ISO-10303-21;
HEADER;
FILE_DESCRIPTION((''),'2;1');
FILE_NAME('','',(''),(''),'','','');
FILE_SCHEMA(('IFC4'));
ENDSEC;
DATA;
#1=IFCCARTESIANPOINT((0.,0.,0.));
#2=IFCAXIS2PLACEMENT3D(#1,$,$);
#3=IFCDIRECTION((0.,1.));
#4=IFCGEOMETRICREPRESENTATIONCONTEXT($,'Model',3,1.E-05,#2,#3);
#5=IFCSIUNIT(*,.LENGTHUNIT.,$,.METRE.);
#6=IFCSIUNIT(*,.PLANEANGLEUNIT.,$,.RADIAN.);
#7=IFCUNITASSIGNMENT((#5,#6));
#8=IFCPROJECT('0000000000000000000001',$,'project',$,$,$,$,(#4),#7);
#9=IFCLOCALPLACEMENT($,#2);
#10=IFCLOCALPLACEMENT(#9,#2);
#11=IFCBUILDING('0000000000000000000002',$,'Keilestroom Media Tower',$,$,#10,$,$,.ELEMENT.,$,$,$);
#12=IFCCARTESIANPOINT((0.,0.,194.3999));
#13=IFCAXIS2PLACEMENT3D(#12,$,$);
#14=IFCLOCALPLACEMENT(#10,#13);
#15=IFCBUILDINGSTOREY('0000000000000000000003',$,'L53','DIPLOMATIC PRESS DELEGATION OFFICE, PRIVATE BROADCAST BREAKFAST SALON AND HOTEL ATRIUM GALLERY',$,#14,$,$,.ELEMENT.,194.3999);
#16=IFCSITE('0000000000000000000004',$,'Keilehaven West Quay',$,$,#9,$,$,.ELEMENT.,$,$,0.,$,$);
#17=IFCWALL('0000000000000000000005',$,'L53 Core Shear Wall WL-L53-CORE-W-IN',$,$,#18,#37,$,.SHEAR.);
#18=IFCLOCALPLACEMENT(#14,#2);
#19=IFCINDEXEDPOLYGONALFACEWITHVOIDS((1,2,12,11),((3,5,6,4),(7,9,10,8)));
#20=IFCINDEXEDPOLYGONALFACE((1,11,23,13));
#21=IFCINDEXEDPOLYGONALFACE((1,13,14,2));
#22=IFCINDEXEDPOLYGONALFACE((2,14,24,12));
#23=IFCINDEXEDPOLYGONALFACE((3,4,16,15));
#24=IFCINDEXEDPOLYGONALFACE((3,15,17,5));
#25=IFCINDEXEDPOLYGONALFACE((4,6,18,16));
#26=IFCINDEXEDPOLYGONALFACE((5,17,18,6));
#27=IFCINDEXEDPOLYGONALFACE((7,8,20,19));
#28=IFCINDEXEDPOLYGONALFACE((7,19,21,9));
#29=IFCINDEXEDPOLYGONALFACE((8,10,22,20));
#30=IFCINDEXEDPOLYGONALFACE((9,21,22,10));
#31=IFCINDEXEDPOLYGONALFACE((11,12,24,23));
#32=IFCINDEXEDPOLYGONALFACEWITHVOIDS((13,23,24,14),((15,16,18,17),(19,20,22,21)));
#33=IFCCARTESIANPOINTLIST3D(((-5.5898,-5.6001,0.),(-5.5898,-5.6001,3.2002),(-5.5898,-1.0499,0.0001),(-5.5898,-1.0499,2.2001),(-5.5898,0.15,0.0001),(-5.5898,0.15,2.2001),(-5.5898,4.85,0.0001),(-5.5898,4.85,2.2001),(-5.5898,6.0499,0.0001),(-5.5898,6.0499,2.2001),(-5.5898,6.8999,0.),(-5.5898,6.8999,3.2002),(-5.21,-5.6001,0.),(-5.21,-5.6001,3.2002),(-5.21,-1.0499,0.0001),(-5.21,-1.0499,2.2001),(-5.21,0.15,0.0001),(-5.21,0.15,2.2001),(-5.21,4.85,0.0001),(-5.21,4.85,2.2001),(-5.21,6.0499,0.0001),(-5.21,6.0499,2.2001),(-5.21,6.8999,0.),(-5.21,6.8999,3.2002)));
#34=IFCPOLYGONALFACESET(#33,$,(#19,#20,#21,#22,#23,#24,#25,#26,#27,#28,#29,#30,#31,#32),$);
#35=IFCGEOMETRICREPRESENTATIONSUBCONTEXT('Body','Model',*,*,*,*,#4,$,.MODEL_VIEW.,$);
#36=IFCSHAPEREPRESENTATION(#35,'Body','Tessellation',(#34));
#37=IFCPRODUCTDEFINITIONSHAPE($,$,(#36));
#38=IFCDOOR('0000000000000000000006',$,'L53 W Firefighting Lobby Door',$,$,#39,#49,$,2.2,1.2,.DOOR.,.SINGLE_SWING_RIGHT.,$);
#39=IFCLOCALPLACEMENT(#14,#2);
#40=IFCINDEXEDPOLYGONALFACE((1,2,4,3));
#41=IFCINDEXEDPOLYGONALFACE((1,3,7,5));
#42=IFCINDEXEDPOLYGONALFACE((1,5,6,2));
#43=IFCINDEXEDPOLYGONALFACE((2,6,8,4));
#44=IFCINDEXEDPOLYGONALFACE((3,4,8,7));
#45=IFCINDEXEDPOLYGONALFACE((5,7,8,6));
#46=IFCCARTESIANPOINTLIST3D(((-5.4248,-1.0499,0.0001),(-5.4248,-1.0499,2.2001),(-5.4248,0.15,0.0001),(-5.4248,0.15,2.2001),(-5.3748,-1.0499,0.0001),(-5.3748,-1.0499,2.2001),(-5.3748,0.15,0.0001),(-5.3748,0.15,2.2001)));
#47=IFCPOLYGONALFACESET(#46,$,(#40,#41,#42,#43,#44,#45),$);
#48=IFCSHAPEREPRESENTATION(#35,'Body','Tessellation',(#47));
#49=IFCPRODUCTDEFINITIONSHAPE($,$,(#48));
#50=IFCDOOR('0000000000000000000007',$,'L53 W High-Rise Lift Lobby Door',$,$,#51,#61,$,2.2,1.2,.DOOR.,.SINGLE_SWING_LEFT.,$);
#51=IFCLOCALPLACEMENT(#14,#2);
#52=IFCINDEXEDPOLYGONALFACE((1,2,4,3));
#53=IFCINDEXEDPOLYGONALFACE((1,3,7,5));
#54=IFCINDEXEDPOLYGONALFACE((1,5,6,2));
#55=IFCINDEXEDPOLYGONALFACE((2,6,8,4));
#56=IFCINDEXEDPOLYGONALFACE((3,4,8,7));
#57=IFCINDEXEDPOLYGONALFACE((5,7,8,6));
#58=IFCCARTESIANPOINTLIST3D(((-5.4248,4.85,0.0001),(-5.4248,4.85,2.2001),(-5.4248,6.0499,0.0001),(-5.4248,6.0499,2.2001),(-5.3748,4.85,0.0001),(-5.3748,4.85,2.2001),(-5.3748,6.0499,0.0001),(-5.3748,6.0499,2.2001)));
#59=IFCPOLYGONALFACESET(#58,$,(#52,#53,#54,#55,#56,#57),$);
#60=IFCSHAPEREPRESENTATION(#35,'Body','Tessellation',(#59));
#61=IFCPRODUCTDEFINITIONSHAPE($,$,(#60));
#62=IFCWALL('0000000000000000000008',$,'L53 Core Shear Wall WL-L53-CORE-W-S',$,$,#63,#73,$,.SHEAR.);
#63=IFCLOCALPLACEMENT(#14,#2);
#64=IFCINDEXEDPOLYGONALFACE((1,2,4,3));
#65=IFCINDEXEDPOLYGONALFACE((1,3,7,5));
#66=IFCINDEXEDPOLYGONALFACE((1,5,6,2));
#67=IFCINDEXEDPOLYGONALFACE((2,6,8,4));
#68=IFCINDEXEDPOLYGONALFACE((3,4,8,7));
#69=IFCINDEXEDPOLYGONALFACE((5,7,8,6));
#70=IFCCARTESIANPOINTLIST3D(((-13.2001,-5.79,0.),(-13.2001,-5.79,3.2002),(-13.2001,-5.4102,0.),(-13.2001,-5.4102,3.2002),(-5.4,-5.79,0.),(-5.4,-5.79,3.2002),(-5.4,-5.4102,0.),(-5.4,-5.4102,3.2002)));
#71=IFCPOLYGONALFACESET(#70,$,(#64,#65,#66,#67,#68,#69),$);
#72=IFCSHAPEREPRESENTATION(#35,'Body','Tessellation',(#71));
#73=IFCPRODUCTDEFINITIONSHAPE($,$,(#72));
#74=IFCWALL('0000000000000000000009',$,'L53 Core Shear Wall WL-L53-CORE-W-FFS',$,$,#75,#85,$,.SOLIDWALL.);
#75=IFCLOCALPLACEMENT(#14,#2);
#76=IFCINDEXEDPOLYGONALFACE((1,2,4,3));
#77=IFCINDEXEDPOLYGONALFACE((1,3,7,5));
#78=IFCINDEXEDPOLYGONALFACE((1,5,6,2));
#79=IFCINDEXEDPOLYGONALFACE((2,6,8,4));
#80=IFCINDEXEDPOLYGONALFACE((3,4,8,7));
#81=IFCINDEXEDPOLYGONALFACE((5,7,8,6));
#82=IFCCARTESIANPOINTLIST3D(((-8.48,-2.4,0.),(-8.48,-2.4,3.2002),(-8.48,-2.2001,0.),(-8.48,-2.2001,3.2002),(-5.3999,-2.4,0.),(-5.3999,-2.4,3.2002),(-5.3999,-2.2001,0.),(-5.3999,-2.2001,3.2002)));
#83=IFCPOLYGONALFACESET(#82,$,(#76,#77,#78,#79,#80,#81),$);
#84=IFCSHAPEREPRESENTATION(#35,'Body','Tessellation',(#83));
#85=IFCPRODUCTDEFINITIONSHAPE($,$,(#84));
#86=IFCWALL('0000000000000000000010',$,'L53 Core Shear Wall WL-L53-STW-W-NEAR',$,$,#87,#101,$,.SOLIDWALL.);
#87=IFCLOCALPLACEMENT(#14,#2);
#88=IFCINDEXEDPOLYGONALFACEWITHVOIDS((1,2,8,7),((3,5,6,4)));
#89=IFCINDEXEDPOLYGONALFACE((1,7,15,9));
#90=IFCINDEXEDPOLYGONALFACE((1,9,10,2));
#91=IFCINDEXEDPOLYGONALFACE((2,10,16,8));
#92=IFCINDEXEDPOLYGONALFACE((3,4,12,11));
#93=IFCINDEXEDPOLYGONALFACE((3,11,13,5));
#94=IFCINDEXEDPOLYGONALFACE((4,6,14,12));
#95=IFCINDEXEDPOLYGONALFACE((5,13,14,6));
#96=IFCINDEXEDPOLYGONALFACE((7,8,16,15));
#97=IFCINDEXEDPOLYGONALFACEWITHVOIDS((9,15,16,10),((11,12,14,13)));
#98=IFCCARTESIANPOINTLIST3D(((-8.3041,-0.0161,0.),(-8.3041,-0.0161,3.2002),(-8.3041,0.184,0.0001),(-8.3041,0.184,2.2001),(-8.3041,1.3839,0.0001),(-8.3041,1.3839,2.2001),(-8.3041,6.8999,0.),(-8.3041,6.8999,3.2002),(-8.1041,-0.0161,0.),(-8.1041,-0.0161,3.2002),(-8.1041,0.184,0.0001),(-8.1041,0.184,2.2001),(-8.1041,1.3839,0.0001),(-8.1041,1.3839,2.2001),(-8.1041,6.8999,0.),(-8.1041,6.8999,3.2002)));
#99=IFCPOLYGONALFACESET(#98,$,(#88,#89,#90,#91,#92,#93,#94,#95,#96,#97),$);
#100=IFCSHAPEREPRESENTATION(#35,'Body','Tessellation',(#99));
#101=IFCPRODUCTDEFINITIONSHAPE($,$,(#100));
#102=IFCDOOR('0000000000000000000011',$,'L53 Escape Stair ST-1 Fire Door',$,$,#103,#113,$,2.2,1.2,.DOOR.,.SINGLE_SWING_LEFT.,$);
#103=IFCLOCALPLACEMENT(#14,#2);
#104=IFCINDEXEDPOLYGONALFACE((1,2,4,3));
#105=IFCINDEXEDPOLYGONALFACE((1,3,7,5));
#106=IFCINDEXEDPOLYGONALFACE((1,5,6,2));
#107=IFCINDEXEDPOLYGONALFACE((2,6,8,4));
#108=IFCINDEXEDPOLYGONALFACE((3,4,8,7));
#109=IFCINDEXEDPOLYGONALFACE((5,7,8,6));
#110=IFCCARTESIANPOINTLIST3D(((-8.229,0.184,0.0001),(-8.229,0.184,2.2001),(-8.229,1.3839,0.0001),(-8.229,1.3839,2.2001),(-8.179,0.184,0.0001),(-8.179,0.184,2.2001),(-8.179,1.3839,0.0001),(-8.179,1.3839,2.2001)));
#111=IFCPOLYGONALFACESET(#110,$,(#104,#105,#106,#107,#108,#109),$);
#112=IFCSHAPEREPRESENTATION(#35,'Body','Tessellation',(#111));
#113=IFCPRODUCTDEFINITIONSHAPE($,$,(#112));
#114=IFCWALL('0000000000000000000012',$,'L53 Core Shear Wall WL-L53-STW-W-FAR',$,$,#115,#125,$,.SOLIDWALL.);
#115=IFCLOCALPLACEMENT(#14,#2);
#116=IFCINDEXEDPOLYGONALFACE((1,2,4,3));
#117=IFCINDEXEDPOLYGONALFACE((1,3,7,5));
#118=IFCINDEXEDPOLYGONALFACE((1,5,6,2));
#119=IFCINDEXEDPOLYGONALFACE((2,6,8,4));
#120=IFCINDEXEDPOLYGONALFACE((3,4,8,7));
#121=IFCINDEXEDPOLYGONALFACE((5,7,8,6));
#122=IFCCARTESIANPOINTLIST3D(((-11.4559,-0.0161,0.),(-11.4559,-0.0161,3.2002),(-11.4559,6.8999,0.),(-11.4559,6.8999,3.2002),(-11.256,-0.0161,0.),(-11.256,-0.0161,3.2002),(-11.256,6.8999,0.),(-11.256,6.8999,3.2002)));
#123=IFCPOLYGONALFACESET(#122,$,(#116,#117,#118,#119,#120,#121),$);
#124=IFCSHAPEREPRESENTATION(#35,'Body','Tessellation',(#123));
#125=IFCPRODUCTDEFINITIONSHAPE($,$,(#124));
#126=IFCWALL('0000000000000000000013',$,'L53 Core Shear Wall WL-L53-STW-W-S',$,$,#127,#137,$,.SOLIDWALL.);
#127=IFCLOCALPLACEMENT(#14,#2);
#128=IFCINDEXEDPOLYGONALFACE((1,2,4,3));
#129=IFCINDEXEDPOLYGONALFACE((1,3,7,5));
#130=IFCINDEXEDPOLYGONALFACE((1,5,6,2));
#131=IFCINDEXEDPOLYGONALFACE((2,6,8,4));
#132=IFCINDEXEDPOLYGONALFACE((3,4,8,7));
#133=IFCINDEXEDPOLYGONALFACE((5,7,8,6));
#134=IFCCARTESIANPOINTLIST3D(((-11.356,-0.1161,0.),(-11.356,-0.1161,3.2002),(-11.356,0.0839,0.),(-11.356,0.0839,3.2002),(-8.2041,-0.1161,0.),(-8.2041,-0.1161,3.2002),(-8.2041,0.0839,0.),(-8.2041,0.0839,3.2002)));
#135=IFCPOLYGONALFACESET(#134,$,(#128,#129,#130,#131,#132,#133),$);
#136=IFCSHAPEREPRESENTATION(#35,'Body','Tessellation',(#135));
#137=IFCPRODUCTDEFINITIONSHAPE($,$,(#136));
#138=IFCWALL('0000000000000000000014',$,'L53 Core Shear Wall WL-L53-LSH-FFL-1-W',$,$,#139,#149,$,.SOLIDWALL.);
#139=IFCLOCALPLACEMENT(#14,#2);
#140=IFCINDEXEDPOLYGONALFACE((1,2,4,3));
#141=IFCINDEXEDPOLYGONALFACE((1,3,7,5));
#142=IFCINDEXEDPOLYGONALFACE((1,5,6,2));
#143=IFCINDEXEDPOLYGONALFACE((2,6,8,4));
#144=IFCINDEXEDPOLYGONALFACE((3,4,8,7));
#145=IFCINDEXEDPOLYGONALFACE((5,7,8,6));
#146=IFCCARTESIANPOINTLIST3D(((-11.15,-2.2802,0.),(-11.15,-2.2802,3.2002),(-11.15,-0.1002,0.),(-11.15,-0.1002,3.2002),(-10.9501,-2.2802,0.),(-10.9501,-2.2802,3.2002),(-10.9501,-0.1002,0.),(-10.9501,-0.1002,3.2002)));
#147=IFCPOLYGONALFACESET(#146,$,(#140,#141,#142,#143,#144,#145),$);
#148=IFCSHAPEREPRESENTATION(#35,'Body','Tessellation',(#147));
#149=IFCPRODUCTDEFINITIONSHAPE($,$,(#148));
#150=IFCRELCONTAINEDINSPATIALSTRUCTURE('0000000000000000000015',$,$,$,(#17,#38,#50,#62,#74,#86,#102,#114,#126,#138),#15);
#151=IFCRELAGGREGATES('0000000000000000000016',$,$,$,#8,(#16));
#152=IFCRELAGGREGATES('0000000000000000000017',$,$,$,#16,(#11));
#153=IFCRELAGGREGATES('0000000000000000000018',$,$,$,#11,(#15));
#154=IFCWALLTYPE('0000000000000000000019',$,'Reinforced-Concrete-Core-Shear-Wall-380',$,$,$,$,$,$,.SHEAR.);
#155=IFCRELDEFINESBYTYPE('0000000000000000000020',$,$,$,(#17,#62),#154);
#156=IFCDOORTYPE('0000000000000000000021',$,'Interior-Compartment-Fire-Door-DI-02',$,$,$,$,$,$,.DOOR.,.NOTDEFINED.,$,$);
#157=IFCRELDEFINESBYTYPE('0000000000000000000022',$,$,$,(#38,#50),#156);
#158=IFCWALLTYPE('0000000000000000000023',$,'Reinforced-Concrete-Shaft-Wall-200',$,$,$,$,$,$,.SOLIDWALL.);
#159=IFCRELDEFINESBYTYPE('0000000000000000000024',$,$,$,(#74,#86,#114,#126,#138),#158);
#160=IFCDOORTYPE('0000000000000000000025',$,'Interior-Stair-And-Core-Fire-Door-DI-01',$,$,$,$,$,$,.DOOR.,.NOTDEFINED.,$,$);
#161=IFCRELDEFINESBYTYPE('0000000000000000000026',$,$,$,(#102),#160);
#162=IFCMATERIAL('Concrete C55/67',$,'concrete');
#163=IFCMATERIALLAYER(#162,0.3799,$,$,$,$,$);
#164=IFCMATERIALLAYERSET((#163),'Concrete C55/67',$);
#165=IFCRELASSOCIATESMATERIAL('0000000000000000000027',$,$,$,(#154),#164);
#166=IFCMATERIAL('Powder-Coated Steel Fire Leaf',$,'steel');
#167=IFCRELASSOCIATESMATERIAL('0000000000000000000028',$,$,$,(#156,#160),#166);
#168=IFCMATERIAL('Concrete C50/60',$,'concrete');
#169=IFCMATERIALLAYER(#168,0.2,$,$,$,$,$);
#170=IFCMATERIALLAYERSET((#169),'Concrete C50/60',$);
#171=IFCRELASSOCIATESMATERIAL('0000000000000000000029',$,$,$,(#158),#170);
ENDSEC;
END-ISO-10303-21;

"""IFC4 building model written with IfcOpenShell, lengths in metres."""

from ifc_helpers import new_model, si_unit, direction, frame, frame_2d, origin, place, context, subcontext, project, spatial, rectangle, extrude, source, transform, mapped, material, layer, layer_set, type_object, element, fill, save


model = new_model("IFC4")

# Units and contexts
model_context = context("Model", 3, precision=1e-05, world=origin(), true_north=direction((0.0, 1.0)))
body_context = subcontext(model_context, "Body", "Model", "MODEL_VIEW")
ifc_project = project(units=[si_unit("LENGTHUNIT", "METRE"), si_unit("PLANEANGLEUNIT", "RADIAN")], contexts=[model_context])

# Site, building, storey
site_placement = place(None, origin())
site = spatial("IfcSite", under=ifc_project, at=site_placement, Name="Keilehaven West Quay", CompositionType="ELEMENT", RefElevation=0.0)
building_placement = place(site_placement, origin())
building = spatial("IfcBuilding", under=site, at=building_placement, Name="Keilestroom Media Tower", CompositionType="ELEMENT")
storey_placement = place(building_placement, frame((0.0, 0.0, 194.3999)))
storey = spatial("IfcBuildingStorey", under=building, at=storey_placement, Name="L53", Description="DIPLOMATIC PRESS DELEGATION OFFICE, PRIVATE BROADCAST BREAKFAST SALON AND HOTEL ATRIUM GALLERY", CompositionType="ELEMENT", Elevation=194.3999)

# Shared definitions
ifc_material_1 = material(Name="Concrete C55/67", Category="concrete")
ifc_layer_1 = layer(ifc_material_1, 0.3799)
ifc_layer_set_1 = layer_set([ifc_layer_1], Name="Concrete C55/67")
wall_type_1 = type_object("IfcWallType", Name="Reinforced-Concrete-Core-Shear-Wall-380", PredefinedType="SHEAR", material=ifc_layer_set_1)

# Wall, openings, doors
wall_1_placement = place(storey_placement, frame((-5.3999, -5.6001, 0.0), z_axis=(0.0, 0.0, 1.0), x_axis=(0.0, 1.0, 0.0)))
wall_1 = element("IfcWall", 1, at=wall_1_placement, inside=storey, type_object=wall_type_1, Name="L53 Core Shear Wall WL-L53-CORE-W-IN", PredefinedType="SHEAR", context=body_context, shape_type="SweptSolid", body=[
    extrude(rectangle(XDim=12.5, YDim=0.3799, at=frame_2d((6.25, 0.0))), origin(), (0.0, 0.0, 1.0), 3.2002),
])
opening_1_placement = place(wall_1_placement, frame((4.55, 0.0, 0.0)))
opening_1 = element("IfcOpeningElement", 2, at=opening_1_placement, cuts=wall_1, PredefinedType="OPENING", context=body_context, shape_type="SweptSolid", body=[
    extrude(rectangle(XDim=1.2, YDim=2.2, at=frame_2d((0.6001, 1.1001))), frame((0.0, 0.2, 0.0), z_axis=(0.0, -1.0, 0.0), x_axis=(1.0, 0.0, 0.0)), (0.0, 0.0, 1.0), 0.3999),
])
opening_2_placement = place(wall_1_placement, frame((10.45, 0.0, 0.0)))
opening_2 = element("IfcOpeningElement", 3, at=opening_2_placement, cuts=wall_1, PredefinedType="OPENING", context=body_context, shape_type="SweptSolid", body=[
    extrude(rectangle(XDim=1.2, YDim=2.2, at=frame_2d((0.6001, 1.1001))), frame((0.0, 0.2, 0.0), z_axis=(0.0, -1.0, 0.0), x_axis=(1.0, 0.0, 0.0)), (0.0, 0.0, 1.0), 0.3999),
])
ifc_material_2 = material(Name="Powder-Coated Steel Fire Leaf", Category="steel")
door_type_1 = type_object("IfcDoorType", Name="Interior-Compartment-Fire-Door-DI-02", OperationType="NOTDEFINED", PredefinedType="DOOR", material=ifc_material_2)
shared_shape_1 = source(origin(), body_context, "Body", "SweptSolid", [
    extrude(rectangle(XDim=1.2, YDim=2.2, at=frame_2d((0.6001, 1.1001))), frame((0.0, 0.0249, 0.0), z_axis=(0.0, -1.0, 0.0), x_axis=(1.0, 0.0, 0.0)), (0.0, 0.0, 1.0), 0.05),
])
door_1_placement = place(opening_1_placement, origin())
door_1 = element("IfcDoor", 4, at=door_1_placement, inside=storey, type_object=door_type_1, Name="L53 W Firefighting Lobby Door", OperationType="SINGLE_SWING_RIGHT", OverallHeight=2.2, OverallWidth=1.2, PredefinedType="DOOR", context=body_context, shape_type="MappedRepresentation", body=[
    mapped(shared_shape_1, transform((0.0, 0.0, 0.0), x_axis=(1.0, 0.0, 0.0), y_axis=(0.0, 1.0, 0.0), z_axis=(0.0, 0.0, 1.0), scale=1.0)),
])
fill(opening_1, door_1)
door_2_placement = place(opening_2_placement, origin())
door_2 = element("IfcDoor", 5, at=door_2_placement, inside=storey, type_object=door_type_1, Name="L53 W High-Rise Lift Lobby Door", OperationType="SINGLE_SWING_LEFT", OverallHeight=2.2, OverallWidth=1.2, PredefinedType="DOOR", context=body_context, shape_type="MappedRepresentation", body=[
    mapped(shared_shape_1, transform((0.0, 0.0, 0.0), x_axis=(1.0, 0.0, 0.0), y_axis=(0.0, 1.0, 0.0), z_axis=(0.0, 0.0, 1.0), scale=1.0)),
])
fill(opening_2, door_2)

# Walls
wall_2_placement = place(storey_placement, frame((-13.2, -5.6001, 0.0), z_axis=(0.0, 0.0, 1.0), x_axis=(1.0, 0.0, 0.0)))
element("IfcWall", 6, at=wall_2_placement, inside=storey, type_object=wall_type_1, Name="L53 Core Shear Wall WL-L53-CORE-W-S", PredefinedType="SHEAR", context=body_context, shape_type="SweptSolid", body=[
    extrude(rectangle(XDim=7.8, YDim=0.3799, at=frame_2d((3.8999, 0.0))), origin(), (0.0, 0.0, 1.0), 3.2002),
])
ifc_material_3 = material(Name="Concrete C50/60", Category="concrete")
ifc_layer_2 = layer(ifc_material_3, 0.2)
ifc_layer_set_2 = layer_set([ifc_layer_2], Name="Concrete C50/60")
wall_type_2 = type_object("IfcWallType", Name="Reinforced-Concrete-Shaft-Wall-200", PredefinedType="SOLIDWALL", material=ifc_layer_set_2)
wall_3_placement = place(storey_placement, frame((-8.48, -2.3, 0.0), z_axis=(0.0, 0.0, 1.0), x_axis=(1.0, 0.0, 0.0)))
element("IfcWall", 7, at=wall_3_placement, inside=storey, type_object=wall_type_2, Name="L53 Core Shear Wall WL-L53-CORE-W-FFS", PredefinedType="SOLIDWALL", context=body_context, shape_type="SweptSolid", body=[
    extrude(rectangle(XDim=3.0801, YDim=0.2, at=frame_2d((1.54, 0.0))), origin(), (0.0, 0.0, 1.0), 3.2002),
])

# Wall, opening, door
wall_4_placement = place(storey_placement, frame((-8.2041, -0.0161, 0.0), z_axis=(0.0, 0.0, 1.0), x_axis=(0.0, 1.0, 0.0)))
wall_4 = element("IfcWall", 8, at=wall_4_placement, inside=storey, type_object=wall_type_2, Name="L53 Core Shear Wall WL-L53-STW-W-NEAR", PredefinedType="SOLIDWALL", context=body_context, shape_type="SweptSolid", body=[
    extrude(rectangle(XDim=6.916, YDim=0.2, at=frame_2d((3.458, 0.0))), origin(), (0.0, 0.0, 1.0), 3.2002),
])
opening_3_placement = place(wall_4_placement, frame((0.2, 0.0, 0.0)))
opening_3 = element("IfcOpeningElement", 9, at=opening_3_placement, cuts=wall_4, PredefinedType="OPENING", context=body_context, shape_type="SweptSolid", body=[
    extrude(rectangle(XDim=1.2, YDim=2.2, at=frame_2d((0.6001, 1.1001))), frame((0.0, 0.1099, 0.0), z_axis=(0.0, -1.0, 0.0), x_axis=(1.0, 0.0, 0.0)), (0.0, 0.0, 1.0), 0.22),
])
door_type_2 = type_object("IfcDoorType", Name="Interior-Stair-And-Core-Fire-Door-DI-01", OperationType="NOTDEFINED", PredefinedType="DOOR", material=ifc_material_2)
door_3_placement = place(opening_3_placement, origin())
door_3 = element("IfcDoor", 10, at=door_3_placement, inside=storey, type_object=door_type_2, Name="L53 Escape Stair ST-1 Fire Door", OperationType="SINGLE_SWING_LEFT", OverallHeight=2.2, OverallWidth=1.2, PredefinedType="DOOR", context=body_context, shape_type="MappedRepresentation", body=[
    mapped(shared_shape_1, transform((0.0, 0.0, 0.0), x_axis=(1.0, 0.0, 0.0), y_axis=(0.0, 1.0, 0.0), z_axis=(0.0, 0.0, 1.0), scale=1.0)),
])
fill(opening_3, door_3)

# Walls
wall_5_placement = place(storey_placement, frame((-11.356, -0.0161, 0.0), z_axis=(0.0, 0.0, 1.0), x_axis=(0.0, 1.0, 0.0)))
element("IfcWall", 11, at=wall_5_placement, inside=storey, type_object=wall_type_2, Name="L53 Core Shear Wall WL-L53-STW-W-FAR", PredefinedType="SOLIDWALL", context=body_context, shape_type="SweptSolid", body=[
    extrude(rectangle(XDim=6.916, YDim=0.2, at=frame_2d((3.458, 0.0))), origin(), (0.0, 0.0, 1.0), 3.2002),
])
wall_6_placement = place(storey_placement, frame((-11.356, -0.0161, 0.0), z_axis=(0.0, 0.0, 1.0), x_axis=(1.0, 0.0, 0.0)))
element("IfcWall", 12, at=wall_6_placement, inside=storey, type_object=wall_type_2, Name="L53 Core Shear Wall WL-L53-STW-W-S", PredefinedType="SOLIDWALL", context=body_context, shape_type="SweptSolid", body=[
    extrude(rectangle(XDim=3.1519, YDim=0.2, at=frame_2d((1.5759, 0.0))), origin(), (0.0, 0.0, 1.0), 3.2002),
])
wall_7_placement = place(storey_placement, frame((-11.05, -2.28, 0.0), z_axis=(0.0, 0.0, 1.0), x_axis=(0.0, 1.0, 0.0)))
element("IfcWall", 13, at=wall_7_placement, inside=storey, type_object=wall_type_2, Name="L53 Core Shear Wall WL-L53-LSH-FFL-1-W", PredefinedType="SOLIDWALL", context=body_context, shape_type="SweptSolid", body=[
    extrude(rectangle(XDim=2.1799, YDim=0.2, at=frame_2d((1.0898, 0.0))), origin(), (0.0, 0.0, 1.0), 3.2002),
])

save(model, "model.ifc")
